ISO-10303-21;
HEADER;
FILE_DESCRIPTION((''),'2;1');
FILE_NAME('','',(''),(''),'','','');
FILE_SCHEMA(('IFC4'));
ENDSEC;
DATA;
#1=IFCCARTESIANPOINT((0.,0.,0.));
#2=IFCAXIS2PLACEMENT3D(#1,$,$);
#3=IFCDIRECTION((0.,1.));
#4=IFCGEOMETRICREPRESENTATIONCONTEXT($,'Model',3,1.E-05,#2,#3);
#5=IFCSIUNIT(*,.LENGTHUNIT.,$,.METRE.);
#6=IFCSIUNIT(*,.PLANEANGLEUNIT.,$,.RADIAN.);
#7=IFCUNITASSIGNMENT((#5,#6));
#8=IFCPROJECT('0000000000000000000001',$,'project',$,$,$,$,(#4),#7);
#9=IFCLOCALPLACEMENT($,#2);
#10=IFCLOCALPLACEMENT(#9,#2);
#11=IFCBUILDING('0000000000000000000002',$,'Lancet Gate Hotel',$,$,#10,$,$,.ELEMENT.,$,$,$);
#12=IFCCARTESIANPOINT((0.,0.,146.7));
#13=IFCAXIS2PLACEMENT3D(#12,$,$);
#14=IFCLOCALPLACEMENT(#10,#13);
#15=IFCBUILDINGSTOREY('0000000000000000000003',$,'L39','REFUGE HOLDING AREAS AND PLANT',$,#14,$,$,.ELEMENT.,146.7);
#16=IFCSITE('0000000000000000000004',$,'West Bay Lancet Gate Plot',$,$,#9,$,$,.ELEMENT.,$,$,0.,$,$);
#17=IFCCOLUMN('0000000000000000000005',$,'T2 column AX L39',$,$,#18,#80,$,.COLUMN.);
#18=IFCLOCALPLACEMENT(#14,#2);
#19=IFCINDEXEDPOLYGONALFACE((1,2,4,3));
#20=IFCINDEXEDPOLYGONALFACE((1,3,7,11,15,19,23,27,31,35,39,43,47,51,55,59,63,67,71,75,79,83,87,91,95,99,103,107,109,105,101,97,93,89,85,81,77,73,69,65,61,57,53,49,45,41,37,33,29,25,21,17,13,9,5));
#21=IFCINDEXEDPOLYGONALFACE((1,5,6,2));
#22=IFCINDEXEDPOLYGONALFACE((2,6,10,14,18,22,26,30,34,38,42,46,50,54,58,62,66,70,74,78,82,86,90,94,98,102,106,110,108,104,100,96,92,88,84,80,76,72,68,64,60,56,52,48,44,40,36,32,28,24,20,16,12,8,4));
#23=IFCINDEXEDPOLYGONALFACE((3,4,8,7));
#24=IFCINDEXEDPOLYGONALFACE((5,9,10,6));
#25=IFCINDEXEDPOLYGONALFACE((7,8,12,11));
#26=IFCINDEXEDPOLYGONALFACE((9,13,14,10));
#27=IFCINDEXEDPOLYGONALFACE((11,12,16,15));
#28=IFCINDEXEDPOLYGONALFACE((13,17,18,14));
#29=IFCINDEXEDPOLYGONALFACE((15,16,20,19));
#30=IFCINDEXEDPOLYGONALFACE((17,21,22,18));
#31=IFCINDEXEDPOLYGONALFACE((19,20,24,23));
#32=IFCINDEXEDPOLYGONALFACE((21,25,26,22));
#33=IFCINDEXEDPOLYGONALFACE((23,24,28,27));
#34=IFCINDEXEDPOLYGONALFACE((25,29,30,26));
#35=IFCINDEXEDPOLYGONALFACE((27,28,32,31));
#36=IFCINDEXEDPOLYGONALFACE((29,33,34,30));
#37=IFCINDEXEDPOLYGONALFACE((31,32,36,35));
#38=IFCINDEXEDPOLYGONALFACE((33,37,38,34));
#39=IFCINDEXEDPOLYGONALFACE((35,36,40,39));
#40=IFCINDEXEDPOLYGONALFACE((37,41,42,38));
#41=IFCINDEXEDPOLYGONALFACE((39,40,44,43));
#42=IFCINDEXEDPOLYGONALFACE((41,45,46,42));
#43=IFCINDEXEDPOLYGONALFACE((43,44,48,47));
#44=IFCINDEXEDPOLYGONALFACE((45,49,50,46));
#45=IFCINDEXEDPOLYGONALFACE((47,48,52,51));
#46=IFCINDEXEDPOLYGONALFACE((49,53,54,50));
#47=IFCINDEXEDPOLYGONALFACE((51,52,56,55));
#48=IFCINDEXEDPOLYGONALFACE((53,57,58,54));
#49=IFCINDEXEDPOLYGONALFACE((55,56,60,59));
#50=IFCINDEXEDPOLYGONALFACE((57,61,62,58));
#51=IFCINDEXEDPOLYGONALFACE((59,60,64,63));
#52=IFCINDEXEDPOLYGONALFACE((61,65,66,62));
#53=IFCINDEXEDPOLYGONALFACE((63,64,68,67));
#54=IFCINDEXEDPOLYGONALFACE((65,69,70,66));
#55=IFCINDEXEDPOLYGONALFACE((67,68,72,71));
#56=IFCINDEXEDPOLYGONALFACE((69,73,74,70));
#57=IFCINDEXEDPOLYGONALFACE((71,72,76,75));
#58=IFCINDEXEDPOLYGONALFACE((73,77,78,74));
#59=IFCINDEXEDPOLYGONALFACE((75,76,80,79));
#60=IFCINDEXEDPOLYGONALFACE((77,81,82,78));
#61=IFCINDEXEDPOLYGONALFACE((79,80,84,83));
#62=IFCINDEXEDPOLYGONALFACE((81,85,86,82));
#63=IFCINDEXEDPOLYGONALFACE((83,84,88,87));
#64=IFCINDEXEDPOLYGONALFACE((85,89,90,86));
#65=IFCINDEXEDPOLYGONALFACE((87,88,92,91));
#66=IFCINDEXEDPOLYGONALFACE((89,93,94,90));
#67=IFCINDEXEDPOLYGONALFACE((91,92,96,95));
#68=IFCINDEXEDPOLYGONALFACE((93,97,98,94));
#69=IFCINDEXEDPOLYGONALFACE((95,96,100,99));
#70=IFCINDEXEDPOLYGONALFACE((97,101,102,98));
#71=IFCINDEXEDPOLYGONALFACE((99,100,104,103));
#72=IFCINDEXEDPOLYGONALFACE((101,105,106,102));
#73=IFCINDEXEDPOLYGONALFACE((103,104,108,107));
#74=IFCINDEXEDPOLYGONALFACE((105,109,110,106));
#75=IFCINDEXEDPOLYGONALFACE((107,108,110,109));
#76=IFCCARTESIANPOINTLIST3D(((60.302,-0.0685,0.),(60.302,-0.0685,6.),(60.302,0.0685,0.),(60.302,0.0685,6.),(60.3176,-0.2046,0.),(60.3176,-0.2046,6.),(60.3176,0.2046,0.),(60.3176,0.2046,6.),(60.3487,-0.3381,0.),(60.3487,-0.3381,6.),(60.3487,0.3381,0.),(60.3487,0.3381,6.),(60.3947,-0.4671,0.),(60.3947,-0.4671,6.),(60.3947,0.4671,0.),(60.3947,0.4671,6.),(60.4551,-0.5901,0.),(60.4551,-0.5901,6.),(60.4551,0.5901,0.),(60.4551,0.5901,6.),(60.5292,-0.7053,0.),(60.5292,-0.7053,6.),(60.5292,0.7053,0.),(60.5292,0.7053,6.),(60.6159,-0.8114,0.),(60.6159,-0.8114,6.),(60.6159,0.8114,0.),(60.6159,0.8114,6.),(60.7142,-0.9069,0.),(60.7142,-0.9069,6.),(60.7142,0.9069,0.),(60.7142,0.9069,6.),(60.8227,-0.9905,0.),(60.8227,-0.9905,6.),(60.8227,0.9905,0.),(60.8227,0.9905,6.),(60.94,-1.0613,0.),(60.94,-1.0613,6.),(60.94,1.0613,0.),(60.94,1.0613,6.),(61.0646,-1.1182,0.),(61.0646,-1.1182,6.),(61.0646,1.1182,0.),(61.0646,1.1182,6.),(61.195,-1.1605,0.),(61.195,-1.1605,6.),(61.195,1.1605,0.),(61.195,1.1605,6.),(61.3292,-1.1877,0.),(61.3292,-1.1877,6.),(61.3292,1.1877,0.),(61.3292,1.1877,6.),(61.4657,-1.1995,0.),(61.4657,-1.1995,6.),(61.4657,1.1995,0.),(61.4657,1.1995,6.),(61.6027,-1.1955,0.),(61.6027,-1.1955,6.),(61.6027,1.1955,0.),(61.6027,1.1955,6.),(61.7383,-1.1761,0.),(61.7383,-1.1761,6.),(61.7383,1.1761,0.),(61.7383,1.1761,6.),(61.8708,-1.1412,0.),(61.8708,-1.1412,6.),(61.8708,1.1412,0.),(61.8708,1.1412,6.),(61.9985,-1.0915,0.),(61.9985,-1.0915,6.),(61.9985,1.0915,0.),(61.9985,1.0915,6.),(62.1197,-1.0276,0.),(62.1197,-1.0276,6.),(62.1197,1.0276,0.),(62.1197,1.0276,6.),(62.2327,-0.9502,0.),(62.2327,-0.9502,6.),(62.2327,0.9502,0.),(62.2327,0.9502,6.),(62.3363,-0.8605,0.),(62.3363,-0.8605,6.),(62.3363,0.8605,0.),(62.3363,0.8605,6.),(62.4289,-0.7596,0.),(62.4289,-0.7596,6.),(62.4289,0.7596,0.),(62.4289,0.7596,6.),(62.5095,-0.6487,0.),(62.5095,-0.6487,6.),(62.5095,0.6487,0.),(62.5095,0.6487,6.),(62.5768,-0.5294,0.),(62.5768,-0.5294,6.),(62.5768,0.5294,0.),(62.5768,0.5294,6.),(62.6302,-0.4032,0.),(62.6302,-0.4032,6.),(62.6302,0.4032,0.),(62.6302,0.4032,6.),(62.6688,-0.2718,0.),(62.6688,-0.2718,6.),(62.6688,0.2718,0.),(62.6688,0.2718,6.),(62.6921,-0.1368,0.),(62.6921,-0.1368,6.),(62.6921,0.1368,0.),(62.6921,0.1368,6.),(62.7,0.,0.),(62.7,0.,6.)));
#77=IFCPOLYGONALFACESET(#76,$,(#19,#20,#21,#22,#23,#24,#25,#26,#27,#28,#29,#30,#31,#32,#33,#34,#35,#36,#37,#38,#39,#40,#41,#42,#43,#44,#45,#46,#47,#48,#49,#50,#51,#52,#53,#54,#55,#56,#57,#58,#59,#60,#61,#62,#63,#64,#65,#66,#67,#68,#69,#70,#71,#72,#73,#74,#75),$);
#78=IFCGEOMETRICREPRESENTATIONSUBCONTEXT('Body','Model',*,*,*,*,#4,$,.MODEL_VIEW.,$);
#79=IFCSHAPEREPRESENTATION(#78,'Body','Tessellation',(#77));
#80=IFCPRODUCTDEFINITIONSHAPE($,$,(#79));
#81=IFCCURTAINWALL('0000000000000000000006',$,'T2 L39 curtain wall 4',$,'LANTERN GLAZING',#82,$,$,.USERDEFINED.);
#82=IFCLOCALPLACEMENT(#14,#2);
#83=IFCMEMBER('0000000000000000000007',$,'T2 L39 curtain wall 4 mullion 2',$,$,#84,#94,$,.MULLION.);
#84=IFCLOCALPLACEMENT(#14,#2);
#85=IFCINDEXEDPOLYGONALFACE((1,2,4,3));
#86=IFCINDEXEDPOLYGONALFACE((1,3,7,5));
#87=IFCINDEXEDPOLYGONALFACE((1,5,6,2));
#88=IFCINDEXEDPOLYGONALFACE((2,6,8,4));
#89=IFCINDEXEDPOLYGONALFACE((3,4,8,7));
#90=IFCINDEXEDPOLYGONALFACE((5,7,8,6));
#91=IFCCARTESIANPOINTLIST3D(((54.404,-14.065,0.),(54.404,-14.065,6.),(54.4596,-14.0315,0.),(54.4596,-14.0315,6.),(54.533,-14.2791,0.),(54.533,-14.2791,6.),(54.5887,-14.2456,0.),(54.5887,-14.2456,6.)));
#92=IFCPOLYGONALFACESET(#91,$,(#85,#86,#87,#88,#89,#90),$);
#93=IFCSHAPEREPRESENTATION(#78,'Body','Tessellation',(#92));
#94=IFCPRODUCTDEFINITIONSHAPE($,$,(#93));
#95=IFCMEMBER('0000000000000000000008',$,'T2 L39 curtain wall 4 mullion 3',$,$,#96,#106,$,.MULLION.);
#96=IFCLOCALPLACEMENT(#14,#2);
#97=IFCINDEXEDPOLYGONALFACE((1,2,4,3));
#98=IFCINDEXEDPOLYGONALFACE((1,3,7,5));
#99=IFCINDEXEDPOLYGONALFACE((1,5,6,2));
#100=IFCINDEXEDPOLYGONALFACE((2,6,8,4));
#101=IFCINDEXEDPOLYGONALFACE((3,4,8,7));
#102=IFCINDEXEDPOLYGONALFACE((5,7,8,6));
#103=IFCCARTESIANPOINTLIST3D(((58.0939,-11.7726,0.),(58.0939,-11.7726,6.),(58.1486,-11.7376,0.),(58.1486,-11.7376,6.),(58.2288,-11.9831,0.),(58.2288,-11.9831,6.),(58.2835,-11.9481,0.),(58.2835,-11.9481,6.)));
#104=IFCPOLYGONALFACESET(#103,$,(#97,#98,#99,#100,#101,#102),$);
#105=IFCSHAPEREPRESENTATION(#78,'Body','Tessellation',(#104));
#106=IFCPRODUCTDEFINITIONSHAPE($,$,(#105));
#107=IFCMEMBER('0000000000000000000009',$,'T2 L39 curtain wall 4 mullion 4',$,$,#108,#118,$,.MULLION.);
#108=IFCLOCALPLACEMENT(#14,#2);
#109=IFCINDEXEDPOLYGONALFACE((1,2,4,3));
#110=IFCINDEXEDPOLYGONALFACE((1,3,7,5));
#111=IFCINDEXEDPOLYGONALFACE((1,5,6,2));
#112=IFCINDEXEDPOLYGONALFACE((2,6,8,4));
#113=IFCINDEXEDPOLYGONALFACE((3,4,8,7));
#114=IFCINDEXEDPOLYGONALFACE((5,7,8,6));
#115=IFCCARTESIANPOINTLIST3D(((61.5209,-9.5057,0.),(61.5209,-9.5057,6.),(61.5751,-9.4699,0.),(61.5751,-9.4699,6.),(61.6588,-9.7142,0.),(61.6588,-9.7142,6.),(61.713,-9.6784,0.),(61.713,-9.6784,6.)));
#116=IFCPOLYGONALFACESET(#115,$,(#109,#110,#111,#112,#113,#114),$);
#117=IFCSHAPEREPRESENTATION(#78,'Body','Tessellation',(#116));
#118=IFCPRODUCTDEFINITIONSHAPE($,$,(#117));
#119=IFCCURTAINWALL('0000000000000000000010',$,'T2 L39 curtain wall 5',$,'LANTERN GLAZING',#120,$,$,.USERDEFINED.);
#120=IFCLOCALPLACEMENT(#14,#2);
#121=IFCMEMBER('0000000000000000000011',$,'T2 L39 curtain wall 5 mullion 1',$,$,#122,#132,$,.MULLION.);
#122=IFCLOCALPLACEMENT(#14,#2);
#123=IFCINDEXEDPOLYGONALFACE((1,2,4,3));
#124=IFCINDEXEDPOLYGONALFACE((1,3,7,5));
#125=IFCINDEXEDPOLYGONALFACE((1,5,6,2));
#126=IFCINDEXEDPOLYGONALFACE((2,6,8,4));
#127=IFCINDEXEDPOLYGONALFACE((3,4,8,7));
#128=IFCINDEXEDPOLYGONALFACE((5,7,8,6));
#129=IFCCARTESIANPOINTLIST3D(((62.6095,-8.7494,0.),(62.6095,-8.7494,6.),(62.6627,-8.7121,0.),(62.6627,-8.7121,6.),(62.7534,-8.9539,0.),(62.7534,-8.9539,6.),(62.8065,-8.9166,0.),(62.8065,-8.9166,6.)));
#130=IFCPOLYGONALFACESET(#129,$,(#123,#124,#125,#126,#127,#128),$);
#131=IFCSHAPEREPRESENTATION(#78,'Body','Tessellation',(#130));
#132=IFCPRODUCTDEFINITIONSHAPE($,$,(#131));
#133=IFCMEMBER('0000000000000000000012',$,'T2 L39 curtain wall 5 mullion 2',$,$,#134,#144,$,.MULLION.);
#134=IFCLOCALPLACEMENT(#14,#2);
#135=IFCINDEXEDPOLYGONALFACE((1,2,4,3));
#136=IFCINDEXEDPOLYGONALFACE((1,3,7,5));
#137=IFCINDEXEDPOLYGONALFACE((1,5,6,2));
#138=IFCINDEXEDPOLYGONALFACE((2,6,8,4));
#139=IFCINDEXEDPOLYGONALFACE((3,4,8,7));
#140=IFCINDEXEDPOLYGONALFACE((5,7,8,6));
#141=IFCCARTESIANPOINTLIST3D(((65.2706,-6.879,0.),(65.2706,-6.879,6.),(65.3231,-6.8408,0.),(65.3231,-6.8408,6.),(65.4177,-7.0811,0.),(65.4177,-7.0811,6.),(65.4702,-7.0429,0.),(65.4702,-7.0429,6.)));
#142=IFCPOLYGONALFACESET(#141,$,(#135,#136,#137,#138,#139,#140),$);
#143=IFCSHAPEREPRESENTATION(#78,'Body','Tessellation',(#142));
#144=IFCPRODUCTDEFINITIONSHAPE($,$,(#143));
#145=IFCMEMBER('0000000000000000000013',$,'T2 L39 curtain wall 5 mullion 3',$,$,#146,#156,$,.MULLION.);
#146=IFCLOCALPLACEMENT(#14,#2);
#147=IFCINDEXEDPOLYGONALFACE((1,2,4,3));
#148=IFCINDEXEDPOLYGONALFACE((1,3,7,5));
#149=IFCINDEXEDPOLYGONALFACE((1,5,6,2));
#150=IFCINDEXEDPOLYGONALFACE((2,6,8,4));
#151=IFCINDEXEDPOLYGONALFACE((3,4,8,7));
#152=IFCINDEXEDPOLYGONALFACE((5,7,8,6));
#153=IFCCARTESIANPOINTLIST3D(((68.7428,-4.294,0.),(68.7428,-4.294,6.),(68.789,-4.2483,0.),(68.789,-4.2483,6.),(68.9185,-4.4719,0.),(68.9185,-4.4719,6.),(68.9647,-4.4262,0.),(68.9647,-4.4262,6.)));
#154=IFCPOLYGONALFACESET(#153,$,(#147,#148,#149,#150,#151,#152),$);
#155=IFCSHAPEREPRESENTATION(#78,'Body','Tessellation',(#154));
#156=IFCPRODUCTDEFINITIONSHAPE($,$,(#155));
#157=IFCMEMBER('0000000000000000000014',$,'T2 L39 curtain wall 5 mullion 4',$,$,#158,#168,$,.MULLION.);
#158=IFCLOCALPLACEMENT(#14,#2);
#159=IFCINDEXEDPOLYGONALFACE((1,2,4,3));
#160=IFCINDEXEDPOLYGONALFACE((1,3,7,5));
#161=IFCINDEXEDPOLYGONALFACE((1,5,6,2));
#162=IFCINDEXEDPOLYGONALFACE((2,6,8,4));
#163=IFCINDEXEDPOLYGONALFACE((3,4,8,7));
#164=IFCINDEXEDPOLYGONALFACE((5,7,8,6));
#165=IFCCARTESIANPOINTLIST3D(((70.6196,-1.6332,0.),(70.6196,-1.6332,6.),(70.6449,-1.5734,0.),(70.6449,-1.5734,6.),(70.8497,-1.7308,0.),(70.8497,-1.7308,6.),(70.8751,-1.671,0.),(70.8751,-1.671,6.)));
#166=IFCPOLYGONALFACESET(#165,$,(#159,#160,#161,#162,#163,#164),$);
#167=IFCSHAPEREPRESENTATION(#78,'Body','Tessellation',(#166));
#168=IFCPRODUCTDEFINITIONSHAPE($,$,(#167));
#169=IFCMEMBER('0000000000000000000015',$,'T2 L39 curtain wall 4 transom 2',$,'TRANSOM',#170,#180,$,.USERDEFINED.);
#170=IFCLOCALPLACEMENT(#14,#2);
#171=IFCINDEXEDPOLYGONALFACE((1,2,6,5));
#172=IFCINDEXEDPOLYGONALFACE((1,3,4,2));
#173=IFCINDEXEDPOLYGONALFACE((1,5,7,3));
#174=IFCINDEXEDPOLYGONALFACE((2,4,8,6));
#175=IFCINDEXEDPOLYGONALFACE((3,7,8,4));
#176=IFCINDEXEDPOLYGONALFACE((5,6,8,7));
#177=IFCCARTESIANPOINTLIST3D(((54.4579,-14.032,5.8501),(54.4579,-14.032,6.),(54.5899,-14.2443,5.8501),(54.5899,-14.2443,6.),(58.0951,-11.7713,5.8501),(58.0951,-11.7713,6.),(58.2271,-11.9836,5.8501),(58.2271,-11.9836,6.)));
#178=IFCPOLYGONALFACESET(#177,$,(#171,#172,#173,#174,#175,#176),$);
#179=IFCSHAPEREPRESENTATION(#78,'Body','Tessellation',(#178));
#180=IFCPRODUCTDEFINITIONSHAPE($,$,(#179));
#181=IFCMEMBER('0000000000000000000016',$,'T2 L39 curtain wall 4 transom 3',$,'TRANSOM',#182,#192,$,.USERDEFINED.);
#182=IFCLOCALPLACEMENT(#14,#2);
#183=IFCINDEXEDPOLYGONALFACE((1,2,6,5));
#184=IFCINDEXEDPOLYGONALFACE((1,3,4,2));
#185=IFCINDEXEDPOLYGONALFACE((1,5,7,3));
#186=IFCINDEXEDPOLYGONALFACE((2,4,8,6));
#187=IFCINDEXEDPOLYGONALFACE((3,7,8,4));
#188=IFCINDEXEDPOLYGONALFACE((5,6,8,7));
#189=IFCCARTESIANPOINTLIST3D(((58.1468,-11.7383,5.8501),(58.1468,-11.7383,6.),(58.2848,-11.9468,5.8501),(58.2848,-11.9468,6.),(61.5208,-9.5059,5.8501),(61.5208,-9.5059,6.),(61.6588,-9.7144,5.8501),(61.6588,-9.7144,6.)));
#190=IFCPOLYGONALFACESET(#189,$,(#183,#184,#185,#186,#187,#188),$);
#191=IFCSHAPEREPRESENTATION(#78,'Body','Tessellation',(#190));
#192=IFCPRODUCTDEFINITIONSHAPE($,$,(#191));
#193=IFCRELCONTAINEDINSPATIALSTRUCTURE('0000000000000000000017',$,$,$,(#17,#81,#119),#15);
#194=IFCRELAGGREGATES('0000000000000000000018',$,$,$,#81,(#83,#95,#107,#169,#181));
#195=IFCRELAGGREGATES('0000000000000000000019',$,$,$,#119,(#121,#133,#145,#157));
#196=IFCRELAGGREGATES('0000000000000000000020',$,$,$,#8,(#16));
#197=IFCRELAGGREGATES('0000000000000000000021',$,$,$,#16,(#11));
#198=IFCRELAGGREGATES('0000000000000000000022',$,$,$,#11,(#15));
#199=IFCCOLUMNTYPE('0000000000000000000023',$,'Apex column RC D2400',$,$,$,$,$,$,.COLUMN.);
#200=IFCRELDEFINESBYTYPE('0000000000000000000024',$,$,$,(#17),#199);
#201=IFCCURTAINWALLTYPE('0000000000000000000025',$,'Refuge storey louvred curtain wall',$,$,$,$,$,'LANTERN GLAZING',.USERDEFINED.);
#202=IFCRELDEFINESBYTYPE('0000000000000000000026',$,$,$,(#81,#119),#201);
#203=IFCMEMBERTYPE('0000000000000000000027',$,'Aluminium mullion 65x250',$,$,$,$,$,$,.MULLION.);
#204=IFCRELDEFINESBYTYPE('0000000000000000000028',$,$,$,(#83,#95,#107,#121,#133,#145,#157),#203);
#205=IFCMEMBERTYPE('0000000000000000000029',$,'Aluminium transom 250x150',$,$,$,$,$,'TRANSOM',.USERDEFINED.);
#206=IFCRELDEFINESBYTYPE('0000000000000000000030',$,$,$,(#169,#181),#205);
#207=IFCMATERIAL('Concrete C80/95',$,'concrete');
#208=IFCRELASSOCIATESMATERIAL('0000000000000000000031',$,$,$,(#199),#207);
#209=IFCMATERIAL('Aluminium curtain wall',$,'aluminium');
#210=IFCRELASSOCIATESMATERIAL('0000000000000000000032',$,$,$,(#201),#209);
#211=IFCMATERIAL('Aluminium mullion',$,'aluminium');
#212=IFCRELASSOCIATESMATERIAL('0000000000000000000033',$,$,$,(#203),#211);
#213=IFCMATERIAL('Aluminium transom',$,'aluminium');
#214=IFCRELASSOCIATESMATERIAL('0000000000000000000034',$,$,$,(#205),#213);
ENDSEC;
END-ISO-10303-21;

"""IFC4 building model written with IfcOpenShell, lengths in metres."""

from ifc_helpers import new_model, si_unit, direction, frame, origin, origin_2d, place, context, subcontext, project, spatial, rectangle, circle, extrude, material, material_profile, profile_set, type_object, element, aggregate, save


model = new_model("IFC4")

# Units and contexts
model_context = context("Model", 3, precision=1e-05, world=origin(), true_north=direction((0.0, 1.0)))
body_context = subcontext(model_context, "Body", "Model", "MODEL_VIEW")
ifc_project = project(units=[si_unit("LENGTHUNIT", "METRE"), si_unit("PLANEANGLEUNIT", "RADIAN")], contexts=[model_context])

# Site, building, storey
site_placement = place(None, origin())
site = spatial("IfcSite", under=ifc_project, at=site_placement, Name="West Bay Lancet Gate Plot", CompositionType="ELEMENT", RefElevation=0.0)
building_placement = place(site_placement, origin())
building = spatial("IfcBuilding", under=site, at=building_placement, Name="Lancet Gate Hotel", CompositionType="ELEMENT")
storey_placement = place(building_placement, frame((0.0, 0.0, 146.7)))
storey = spatial("IfcBuildingStorey", under=building, at=storey_placement, Name="L39", Description="REFUGE HOLDING AREAS AND PLANT", CompositionType="ELEMENT", Elevation=146.7)

# Column
ifc_material_1 = material(Name="Concrete C80/95", Category="concrete")
ifc_material_profile_1 = material_profile(ifc_material_1, circle(Radius=1.2, at=origin_2d()), Name="RC D2400")
ifc_profile_set_1 = profile_set([ifc_material_profile_1], Name="Concrete C80/95")
column_type = type_object("IfcColumnType", Name="Apex column RC D2400", PredefinedType="COLUMN", material=ifc_profile_set_1)
column_placement = place(storey_placement, frame((61.5, 0.0, 0.0), z_axis=(0.0, 0.0, 1.0), x_axis=(1.0, 0.0, 0.0)))
element("IfcColumn", 1, at=column_placement, inside=storey, type_object=column_type, Name="T2 column AX L39", PredefinedType="COLUMN", context=body_context, shape_type="SweptSolid", body=[
    extrude(circle(Radius=1.2, at=origin_2d()), origin(), (0.0, 0.0, 1.0), 6.0),
])

# Curtain walls, members
ifc_material_2 = material(Name="Aluminium curtain wall", Category="aluminium")
curtain_wall_type = type_object("IfcCurtainWallType", Name="Refuge storey louvred curtain wall", ElementType="LANTERN GLAZING", PredefinedType="USERDEFINED", material=ifc_material_2)
curtain_wall_1_placement = place(storey_placement, origin())
curtain_wall_1 = element("IfcCurtainWall", 2, at=curtain_wall_1_placement, inside=storey, type_object=curtain_wall_type, Name="T2 L39 curtain wall 4", ObjectType="LANTERN GLAZING", PredefinedType="USERDEFINED")
ifc_material_3 = material(Name="Aluminium mullion", Category="aluminium")
ifc_material_profile_2 = material_profile(ifc_material_3, rectangle(XDim=0.0649, YDim=0.25, at=origin_2d()), Name="MULLION 65x250")
ifc_profile_set_2 = profile_set([ifc_material_profile_2], Name="Aluminium mullion")
member_type_1 = type_object("IfcMemberType", Name="Aluminium mullion 65x250", PredefinedType="MULLION", material=ifc_profile_set_2)
member_1_placement = place(storey_placement, frame((54.4963, -14.1553, 0.0), z_axis=(0.0, 0.0, 1.0), x_axis=(0.856485, 0.516171, 0.0)))
member_1 = element("IfcMember", 3, at=member_1_placement, type_object=member_type_1, Name="T2 L39 curtain wall 4 mullion 2", PredefinedType="MULLION", context=body_context, shape_type="SweptSolid", body=[
    extrude(rectangle(XDim=0.0649, YDim=0.25, at=origin_2d()), origin(), (0.0, 0.0, 1.0), 6.0),
])
member_2_placement = place(storey_placement, frame((58.1887, -11.8604, 0.0), z_axis=(0.0, 0.0, 1.0), x_axis=(0.841951, 0.539555, 0.0)))
member_2 = element("IfcMember", 4, at=member_2_placement, type_object=member_type_1, Name="T2 L39 curtain wall 4 mullion 3", PredefinedType="MULLION", context=body_context, shape_type="SweptSolid", body=[
    extrude(rectangle(XDim=0.0649, YDim=0.25, at=origin_2d()), origin(), (0.0, 0.0, 1.0), 6.0),
])
member_3_placement = place(storey_placement, frame((61.6169, -9.592, 0.0), z_axis=(0.0, 0.0, 1.0), x_axis=(0.833985, 0.551787, 0.0)))
member_3 = element("IfcMember", 5, at=member_3_placement, type_object=member_type_1, Name="T2 L39 curtain wall 4 mullion 4", PredefinedType="MULLION", context=body_context, shape_type="SweptSolid", body=[
    extrude(rectangle(XDim=0.0649, YDim=0.25, at=origin_2d()), origin(), (0.0, 0.0, 1.0), 6.0),
])
curtain_wall_2_placement = place(storey_placement, origin())
curtain_wall_2 = element("IfcCurtainWall", 6, at=curtain_wall_2_placement, inside=storey, type_object=curtain_wall_type, Name="T2 L39 curtain wall 5", ObjectType="LANTERN GLAZING", PredefinedType="USERDEFINED")
member_4_placement = place(storey_placement, frame((62.708, -8.833, 0.0), z_axis=(0.0, 0.0, 1.0), x_axis=(0.817979, 0.575247, 0.0)))
member_4 = element("IfcMember", 7, at=member_4_placement, type_object=member_type_1, Name="T2 L39 curtain wall 5 mullion 1", PredefinedType="MULLION", context=body_context, shape_type="SweptSolid", body=[
    extrude(rectangle(XDim=0.0649, YDim=0.25, at=origin_2d()), origin(), (0.0, 0.0, 1.0), 6.0),
])
member_5_placement = place(storey_placement, frame((65.3704, -6.9609, 0.0), z_axis=(0.0, 0.0, 1.0), x_axis=(0.808529, 0.588456, 0.0)))
member_5 = element("IfcMember", 8, at=member_5_placement, type_object=member_type_1, Name="T2 L39 curtain wall 5 mullion 2", PredefinedType="MULLION", context=body_context, shape_type="SweptSolid", body=[
    extrude(rectangle(XDim=0.0649, YDim=0.25, at=origin_2d()), origin(), (0.0, 0.0, 1.0), 6.0),
])
member_6_placement = place(storey_placement, frame((68.8538, -4.3601, 0.0), z_axis=(0.0, 0.0, 1.0), x_axis=(0.71161, 0.702574, 0.0)))
member_6 = element("IfcMember", 9, at=member_6_placement, type_object=member_type_1, Name="T2 L39 curtain wall 5 mullion 3", PredefinedType="MULLION", context=body_context, shape_type="SweptSolid", body=[
    extrude(rectangle(XDim=0.0649, YDim=0.25, at=origin_2d()), origin(), (0.0, 0.0, 1.0), 6.0),
])
member_7_placement = place(storey_placement, frame((70.7473, -1.6521, 0.0), z_axis=(0.0, 0.0, 1.0), x_axis=(0.390582, 0.920568, 0.0)))
member_7 = element("IfcMember", 10, at=member_7_placement, type_object=member_type_1, Name="T2 L39 curtain wall 5 mullion 4", PredefinedType="MULLION", context=body_context, shape_type="SweptSolid", body=[
    extrude(rectangle(XDim=0.0649, YDim=0.25, at=origin_2d()), origin(), (0.0, 0.0, 1.0), 6.0),
])

# Members
ifc_material_4 = material(Name="Aluminium transom", Category="aluminium")
ifc_material_profile_3 = material_profile(ifc_material_4, rectangle(XDim=0.25, YDim=0.1499, at=origin_2d()), Name="TRANSOM 250x150")
ifc_profile_set_3 = profile_set([ifc_material_profile_3], Name="Aluminium transom")
member_type_2 = type_object("IfcMemberType", Name="Aluminium transom 250x150", ElementType="TRANSOM", PredefinedType="USERDEFINED", material=ifc_profile_set_3)
member_8_placement = place(storey_placement, frame((54.5239, -14.1382, 5.925), z_axis=(0.849309, 0.527896, 0.0), x_axis=(-0.527896, 0.849309, 0.0)))
member_8 = element("IfcMember", 11, at=member_8_placement, type_object=member_type_2, Name="T2 L39 curtain wall 4 transom 2", ObjectType="TRANSOM", PredefinedType="USERDEFINED", context=body_context, shape_type="SweptSolid", body=[
    extrude(rectangle(XDim=0.25, YDim=0.1499, at=origin_2d()), origin(), (0.0, 0.0, 1.0), 4.2825),
])
member_9_placement = place(storey_placement, frame((58.2158, -11.8425, 5.925), z_axis=(0.833976, 0.5518, 0.0), x_axis=(-0.5518, 0.833976, 0.0)))
member_9 = element("IfcMember", 12, at=member_9_placement, type_object=member_type_2, Name="T2 L39 curtain wall 4 transom 3", ObjectType="TRANSOM", PredefinedType="USERDEFINED", context=body_context, shape_type="SweptSolid", body=[
    extrude(rectangle(XDim=0.25, YDim=0.1499, at=origin_2d()), origin(), (0.0, 0.0, 1.0), 4.0457),
])

aggregate(curtain_wall_1, [member_1, member_2, member_3, member_8, member_9])
aggregate(curtain_wall_2, [member_4, member_5, member_6, member_7])

save(model, "model.ifc")
